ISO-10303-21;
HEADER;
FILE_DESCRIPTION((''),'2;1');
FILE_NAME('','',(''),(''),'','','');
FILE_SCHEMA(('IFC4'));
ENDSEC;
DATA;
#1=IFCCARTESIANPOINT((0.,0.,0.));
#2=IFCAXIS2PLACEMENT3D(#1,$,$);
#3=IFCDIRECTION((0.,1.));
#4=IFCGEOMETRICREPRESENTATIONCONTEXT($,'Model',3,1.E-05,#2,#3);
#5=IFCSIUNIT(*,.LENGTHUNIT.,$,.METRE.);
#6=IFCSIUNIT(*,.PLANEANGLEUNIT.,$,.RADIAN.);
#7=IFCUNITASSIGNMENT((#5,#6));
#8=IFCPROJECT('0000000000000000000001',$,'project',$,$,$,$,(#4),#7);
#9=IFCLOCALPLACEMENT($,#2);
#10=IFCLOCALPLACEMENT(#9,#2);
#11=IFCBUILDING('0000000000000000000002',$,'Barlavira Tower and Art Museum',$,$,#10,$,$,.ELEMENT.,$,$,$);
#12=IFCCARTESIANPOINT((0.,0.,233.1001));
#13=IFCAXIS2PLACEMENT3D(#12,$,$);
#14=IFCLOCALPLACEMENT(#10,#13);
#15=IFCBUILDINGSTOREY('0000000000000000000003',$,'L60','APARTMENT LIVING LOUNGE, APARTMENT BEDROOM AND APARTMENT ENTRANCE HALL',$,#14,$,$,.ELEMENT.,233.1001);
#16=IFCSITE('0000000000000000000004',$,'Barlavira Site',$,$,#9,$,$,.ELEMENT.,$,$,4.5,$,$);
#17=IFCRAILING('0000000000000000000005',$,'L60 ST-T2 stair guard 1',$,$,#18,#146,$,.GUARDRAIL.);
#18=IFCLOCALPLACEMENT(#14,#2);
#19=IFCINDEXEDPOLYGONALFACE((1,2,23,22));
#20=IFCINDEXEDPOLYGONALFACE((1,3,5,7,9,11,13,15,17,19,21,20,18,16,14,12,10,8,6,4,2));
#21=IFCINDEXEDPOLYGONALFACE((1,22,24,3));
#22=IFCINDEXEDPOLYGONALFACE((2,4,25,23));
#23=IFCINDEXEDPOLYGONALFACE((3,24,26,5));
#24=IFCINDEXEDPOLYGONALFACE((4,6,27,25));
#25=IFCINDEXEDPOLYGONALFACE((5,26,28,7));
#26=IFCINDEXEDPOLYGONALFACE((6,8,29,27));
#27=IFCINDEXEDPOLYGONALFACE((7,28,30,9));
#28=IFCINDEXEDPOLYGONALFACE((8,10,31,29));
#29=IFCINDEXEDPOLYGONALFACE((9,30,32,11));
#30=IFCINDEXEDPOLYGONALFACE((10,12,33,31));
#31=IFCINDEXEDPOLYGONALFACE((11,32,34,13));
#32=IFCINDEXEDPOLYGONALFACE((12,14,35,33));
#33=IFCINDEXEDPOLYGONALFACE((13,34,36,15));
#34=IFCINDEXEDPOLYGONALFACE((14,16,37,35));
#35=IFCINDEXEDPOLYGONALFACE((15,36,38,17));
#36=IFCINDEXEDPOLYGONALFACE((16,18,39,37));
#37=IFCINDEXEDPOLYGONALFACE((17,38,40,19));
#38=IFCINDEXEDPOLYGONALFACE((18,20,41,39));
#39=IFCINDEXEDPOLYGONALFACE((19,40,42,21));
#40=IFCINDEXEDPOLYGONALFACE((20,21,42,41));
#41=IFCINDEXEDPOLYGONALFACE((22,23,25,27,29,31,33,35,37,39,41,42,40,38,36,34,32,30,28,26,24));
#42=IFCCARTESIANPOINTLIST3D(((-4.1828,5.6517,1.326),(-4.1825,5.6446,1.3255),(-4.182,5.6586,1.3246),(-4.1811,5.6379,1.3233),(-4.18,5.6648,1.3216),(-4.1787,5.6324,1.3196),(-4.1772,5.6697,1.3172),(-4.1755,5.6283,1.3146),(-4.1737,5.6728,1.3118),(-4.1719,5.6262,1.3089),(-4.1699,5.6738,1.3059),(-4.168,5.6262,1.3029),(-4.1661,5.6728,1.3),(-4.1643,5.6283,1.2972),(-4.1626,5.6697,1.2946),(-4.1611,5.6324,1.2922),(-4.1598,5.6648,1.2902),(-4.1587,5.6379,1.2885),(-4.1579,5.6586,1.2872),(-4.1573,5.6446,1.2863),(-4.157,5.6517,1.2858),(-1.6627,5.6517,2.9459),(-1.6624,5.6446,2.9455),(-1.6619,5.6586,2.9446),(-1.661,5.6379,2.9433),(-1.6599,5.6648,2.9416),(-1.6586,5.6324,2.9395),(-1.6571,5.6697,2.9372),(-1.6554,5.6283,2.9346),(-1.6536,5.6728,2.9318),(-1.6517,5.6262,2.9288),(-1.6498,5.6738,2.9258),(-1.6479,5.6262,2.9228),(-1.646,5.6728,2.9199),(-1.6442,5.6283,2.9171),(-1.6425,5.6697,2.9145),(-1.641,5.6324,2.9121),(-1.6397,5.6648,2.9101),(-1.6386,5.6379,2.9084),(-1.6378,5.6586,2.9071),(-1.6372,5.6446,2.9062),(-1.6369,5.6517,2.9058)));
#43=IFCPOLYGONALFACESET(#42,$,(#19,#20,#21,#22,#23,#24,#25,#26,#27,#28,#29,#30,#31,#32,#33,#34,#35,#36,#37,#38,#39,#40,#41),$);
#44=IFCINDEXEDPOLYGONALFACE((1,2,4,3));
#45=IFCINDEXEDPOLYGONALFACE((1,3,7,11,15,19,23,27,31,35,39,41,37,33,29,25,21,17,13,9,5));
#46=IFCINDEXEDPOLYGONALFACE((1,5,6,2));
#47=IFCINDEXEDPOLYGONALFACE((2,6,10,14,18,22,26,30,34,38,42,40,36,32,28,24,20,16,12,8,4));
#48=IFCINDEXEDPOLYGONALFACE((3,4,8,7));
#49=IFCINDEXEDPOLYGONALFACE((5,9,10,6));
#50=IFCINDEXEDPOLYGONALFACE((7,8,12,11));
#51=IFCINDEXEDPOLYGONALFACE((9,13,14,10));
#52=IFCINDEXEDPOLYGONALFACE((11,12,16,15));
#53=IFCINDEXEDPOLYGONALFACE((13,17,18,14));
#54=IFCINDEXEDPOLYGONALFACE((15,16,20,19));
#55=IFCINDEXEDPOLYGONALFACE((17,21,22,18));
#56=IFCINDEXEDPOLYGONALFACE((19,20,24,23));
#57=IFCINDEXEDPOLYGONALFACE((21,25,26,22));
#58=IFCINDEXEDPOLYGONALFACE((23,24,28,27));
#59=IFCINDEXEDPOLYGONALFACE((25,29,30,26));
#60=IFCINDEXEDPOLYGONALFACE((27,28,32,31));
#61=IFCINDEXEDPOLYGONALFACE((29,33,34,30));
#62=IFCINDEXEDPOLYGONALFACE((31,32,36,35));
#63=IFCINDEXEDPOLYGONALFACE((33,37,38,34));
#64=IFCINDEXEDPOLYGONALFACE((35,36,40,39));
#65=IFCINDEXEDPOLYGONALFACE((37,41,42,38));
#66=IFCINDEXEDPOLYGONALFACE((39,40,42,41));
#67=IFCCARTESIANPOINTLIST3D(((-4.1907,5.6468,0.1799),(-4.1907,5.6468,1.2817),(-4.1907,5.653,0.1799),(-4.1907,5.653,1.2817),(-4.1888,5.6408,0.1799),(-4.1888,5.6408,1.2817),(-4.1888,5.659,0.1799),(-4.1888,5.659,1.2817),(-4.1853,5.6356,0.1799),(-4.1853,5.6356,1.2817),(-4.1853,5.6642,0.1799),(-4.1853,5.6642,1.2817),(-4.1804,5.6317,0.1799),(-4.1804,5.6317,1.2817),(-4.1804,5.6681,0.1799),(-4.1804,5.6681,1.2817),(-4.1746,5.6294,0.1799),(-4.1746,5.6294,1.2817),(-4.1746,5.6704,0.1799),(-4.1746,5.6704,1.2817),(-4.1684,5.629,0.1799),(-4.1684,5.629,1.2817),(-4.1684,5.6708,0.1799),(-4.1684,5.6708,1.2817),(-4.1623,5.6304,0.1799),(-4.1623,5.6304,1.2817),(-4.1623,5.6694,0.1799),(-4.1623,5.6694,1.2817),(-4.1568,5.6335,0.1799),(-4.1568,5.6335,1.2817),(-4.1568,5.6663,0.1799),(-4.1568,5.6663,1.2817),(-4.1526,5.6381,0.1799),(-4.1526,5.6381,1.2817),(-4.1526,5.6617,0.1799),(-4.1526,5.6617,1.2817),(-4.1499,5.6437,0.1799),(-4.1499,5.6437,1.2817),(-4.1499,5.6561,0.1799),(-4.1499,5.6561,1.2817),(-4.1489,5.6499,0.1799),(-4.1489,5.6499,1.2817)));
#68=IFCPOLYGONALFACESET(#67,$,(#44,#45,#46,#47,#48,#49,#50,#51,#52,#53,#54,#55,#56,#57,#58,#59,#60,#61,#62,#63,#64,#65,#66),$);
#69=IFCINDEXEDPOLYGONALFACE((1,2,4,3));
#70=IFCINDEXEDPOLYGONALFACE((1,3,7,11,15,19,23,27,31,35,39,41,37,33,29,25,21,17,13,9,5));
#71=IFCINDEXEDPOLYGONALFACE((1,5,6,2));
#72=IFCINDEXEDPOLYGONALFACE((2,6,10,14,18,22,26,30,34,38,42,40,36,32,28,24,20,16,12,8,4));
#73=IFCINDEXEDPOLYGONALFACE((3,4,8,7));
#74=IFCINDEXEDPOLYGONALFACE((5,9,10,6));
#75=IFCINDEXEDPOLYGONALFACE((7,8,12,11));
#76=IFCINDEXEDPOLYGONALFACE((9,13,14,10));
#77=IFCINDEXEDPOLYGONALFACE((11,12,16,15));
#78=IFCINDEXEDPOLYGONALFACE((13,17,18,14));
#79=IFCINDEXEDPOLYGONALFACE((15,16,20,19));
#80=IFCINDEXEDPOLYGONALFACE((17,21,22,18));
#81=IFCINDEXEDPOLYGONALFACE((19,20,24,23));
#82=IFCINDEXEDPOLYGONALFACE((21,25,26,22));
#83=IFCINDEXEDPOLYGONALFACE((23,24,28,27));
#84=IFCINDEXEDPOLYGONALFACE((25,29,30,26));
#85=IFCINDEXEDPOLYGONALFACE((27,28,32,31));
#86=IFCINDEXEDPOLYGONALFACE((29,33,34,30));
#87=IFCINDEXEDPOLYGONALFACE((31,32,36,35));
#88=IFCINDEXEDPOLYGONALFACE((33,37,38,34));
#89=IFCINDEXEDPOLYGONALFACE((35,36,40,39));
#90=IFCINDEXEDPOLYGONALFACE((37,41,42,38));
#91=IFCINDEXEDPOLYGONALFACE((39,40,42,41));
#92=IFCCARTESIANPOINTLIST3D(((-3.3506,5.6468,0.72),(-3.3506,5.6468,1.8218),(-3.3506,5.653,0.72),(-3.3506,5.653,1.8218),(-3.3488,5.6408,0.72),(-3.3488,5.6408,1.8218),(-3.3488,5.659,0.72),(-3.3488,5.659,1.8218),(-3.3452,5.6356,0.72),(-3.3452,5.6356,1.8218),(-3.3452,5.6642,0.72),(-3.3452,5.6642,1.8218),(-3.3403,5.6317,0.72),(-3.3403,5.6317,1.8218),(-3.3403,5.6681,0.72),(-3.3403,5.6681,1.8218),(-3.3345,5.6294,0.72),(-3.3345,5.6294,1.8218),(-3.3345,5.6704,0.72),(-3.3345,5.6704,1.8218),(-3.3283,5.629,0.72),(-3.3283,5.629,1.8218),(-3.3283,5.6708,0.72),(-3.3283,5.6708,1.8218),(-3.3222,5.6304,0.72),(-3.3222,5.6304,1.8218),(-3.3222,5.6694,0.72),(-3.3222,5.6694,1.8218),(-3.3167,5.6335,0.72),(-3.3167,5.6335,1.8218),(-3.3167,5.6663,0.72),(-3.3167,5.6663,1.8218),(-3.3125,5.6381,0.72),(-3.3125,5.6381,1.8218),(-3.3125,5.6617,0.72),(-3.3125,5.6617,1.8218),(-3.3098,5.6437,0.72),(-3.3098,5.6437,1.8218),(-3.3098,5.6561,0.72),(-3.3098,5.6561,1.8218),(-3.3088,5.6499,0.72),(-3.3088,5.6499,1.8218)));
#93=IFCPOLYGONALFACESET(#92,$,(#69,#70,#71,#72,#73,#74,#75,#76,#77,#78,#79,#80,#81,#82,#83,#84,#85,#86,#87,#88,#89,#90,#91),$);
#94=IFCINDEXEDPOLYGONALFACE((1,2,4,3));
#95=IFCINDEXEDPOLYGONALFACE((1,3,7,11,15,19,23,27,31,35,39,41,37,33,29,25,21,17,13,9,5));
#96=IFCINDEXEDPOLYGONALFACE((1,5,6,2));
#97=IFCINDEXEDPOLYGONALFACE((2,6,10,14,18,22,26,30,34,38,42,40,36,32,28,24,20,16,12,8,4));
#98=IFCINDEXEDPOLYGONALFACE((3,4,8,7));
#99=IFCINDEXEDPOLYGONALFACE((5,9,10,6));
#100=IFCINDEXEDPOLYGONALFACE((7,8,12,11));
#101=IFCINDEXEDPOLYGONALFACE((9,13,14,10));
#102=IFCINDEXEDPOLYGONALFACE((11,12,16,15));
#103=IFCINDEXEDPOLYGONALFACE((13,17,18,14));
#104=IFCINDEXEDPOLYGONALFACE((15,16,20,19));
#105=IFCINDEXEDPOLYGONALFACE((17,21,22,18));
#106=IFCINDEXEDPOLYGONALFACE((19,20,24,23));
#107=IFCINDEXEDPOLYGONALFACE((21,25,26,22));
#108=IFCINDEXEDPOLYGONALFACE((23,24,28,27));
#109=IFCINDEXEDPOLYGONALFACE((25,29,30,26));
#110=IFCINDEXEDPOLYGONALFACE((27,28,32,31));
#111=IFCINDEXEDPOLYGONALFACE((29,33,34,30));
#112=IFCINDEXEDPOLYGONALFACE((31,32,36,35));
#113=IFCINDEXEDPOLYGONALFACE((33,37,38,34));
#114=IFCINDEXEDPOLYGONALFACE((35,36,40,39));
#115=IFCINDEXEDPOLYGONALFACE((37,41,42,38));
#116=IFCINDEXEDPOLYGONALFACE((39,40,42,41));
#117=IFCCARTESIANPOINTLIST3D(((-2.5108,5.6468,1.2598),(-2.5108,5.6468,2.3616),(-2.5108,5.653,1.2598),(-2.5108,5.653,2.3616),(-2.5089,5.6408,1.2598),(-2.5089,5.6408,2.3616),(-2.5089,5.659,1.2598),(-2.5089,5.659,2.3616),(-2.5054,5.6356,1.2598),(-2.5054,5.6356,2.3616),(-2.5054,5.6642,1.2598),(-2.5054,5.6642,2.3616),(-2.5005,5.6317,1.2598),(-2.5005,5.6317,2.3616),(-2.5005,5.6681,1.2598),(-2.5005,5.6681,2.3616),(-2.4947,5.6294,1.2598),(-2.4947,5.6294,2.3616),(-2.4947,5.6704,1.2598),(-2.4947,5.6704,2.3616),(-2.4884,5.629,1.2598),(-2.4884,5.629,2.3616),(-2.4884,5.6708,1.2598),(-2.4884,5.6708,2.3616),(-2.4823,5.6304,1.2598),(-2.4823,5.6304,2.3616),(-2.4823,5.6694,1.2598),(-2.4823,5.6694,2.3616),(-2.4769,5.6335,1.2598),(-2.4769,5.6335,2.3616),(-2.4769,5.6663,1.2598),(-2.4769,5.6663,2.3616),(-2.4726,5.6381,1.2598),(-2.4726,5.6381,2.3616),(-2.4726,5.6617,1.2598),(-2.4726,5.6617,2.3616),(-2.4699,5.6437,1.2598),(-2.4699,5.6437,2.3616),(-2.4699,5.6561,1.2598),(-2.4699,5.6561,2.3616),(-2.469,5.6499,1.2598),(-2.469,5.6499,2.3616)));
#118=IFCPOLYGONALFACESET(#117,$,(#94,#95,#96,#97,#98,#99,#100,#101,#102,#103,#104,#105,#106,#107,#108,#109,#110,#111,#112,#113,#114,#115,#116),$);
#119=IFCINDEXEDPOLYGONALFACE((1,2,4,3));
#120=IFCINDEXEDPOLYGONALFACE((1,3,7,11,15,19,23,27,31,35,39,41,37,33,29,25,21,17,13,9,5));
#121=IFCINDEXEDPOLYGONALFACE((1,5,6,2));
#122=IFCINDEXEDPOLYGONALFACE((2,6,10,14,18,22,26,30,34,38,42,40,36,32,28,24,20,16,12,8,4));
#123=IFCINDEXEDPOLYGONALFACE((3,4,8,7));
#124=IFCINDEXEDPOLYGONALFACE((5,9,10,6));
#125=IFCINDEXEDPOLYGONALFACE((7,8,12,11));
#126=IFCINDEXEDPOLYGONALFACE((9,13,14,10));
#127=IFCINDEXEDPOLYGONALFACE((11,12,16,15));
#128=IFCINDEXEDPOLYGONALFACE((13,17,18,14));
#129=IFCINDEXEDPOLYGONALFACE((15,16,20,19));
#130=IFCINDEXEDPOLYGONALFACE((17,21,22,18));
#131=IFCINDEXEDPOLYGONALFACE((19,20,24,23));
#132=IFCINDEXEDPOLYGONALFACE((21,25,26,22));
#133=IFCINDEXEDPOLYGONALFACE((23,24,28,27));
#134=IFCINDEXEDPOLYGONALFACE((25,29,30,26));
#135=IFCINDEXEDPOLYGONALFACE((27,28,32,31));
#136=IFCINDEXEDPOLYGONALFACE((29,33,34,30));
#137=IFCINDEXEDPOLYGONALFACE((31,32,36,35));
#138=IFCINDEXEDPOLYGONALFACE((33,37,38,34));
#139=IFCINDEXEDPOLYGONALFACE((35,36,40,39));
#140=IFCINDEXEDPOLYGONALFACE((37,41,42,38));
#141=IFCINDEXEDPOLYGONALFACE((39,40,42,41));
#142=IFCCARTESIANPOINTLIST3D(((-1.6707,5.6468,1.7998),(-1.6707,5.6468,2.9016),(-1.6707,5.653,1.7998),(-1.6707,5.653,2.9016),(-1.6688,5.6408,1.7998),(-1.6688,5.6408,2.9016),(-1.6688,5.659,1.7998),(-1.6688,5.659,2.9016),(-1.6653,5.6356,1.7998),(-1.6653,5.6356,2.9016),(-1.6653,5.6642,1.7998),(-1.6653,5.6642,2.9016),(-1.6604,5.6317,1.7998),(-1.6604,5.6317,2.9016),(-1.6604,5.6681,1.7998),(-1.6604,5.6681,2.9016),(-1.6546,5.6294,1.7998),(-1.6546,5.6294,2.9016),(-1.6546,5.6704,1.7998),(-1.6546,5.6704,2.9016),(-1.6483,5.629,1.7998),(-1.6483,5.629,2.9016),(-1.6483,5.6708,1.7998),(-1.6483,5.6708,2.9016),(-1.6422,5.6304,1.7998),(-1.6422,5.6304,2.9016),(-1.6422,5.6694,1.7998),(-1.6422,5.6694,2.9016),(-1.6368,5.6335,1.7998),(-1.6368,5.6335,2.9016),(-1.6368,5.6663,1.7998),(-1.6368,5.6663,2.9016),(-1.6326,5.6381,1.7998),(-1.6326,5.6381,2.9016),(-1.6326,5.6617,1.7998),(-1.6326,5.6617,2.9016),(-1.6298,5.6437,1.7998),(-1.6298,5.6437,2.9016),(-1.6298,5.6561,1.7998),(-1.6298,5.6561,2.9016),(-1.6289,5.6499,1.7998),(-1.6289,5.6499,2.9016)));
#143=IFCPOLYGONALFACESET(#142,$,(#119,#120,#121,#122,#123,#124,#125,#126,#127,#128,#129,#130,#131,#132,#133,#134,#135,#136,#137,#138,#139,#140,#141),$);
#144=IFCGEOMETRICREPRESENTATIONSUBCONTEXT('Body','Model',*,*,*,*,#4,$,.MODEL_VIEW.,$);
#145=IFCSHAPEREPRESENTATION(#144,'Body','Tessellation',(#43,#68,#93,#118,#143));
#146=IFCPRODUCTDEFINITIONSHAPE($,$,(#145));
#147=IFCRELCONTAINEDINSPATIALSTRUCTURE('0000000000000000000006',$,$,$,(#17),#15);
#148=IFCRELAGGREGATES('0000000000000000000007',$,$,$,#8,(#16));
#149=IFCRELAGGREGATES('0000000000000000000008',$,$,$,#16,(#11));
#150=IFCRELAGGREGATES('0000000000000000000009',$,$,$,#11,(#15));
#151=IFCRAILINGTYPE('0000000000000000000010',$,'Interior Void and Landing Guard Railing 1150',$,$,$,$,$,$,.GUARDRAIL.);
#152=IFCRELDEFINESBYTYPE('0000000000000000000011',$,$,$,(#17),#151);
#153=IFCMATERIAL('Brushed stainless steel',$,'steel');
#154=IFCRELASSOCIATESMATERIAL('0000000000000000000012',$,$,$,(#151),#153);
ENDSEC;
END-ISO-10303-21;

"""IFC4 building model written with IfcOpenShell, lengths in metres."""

from ifc_helpers import new_model, si_unit, direction, frame, origin, origin_2d, place, context, subcontext, project, spatial, circle, extrude, material, type_object, element, save


model = new_model("IFC4")

# Units and contexts
model_context = context("Model", 3, precision=1e-05, world=origin(), true_north=direction((0.0, 1.0)))
body_context = subcontext(model_context, "Body", "Model", "MODEL_VIEW")
ifc_project = project(units=[si_unit("LENGTHUNIT", "METRE"), si_unit("PLANEANGLEUNIT", "RADIAN")], contexts=[model_context])

# Site, building, storey
site_placement = place(None, origin())
site = spatial("IfcSite", under=ifc_project, at=site_placement, Name="Barlavira Site", CompositionType="ELEMENT", RefElevation=4.5)
building_placement = place(site_placement, origin())
building = spatial("IfcBuilding", under=site, at=building_placement, Name="Barlavira Tower and Art Museum", CompositionType="ELEMENT")
storey_placement = place(building_placement, frame((0.0, 0.0, 233.1001)))
storey = spatial("IfcBuildingStorey", under=building, at=storey_placement, Name="L60", Description="APARTMENT LIVING LOUNGE, APARTMENT BEDROOM AND APARTMENT ENTRANCE HALL", CompositionType="ELEMENT", Elevation=233.1001)

# Shared definitions
ifc_material_1 = material(Name="Brushed stainless steel", Category="steel")

# Railing
railing_type_1 = type_object("IfcRailingType", Name="Interior Void and Landing Guard Railing 1150", PredefinedType="GUARDRAIL", material=ifc_material_1)
railing_1_placement = place(storey_placement, frame((-4.1699, 5.6499, 0.1799)))
element("IfcRailing", 1, at=railing_1_placement, inside=storey, type_object=railing_type_1, Name="L60 ST-T2 stair guard 1", PredefinedType="GUARDRAIL", context=body_context, shape_type="SweptSolid", body=[
    extrude(circle(Radius=0.0239, at=origin_2d()), frame((0.0, 0.0, 1.126), z_axis=(0.8412, 0.0, 0.540725), x_axis=(0.0, 1.0, 0.0)), (0.0, 0.0, 1.0), 2.9958),
    extrude(circle(Radius=0.021, at=origin_2d()), origin(), (0.0, 0.0, 1.0), 1.1018),
    extrude(circle(Radius=0.021, at=origin_2d()), frame((0.8401, 0.0, 0.54)), (0.0, 0.0, 1.0), 1.1018),
    extrude(circle(Radius=0.021, at=origin_2d()), frame((1.6799, 0.0, 1.0798)), (0.0, 0.0, 1.0), 1.1018),
    extrude(circle(Radius=0.021, at=origin_2d()), frame((2.52, 0.0, 1.6199)), (0.0, 0.0, 1.0), 1.1018),
])

save(model, "model.ifc")
